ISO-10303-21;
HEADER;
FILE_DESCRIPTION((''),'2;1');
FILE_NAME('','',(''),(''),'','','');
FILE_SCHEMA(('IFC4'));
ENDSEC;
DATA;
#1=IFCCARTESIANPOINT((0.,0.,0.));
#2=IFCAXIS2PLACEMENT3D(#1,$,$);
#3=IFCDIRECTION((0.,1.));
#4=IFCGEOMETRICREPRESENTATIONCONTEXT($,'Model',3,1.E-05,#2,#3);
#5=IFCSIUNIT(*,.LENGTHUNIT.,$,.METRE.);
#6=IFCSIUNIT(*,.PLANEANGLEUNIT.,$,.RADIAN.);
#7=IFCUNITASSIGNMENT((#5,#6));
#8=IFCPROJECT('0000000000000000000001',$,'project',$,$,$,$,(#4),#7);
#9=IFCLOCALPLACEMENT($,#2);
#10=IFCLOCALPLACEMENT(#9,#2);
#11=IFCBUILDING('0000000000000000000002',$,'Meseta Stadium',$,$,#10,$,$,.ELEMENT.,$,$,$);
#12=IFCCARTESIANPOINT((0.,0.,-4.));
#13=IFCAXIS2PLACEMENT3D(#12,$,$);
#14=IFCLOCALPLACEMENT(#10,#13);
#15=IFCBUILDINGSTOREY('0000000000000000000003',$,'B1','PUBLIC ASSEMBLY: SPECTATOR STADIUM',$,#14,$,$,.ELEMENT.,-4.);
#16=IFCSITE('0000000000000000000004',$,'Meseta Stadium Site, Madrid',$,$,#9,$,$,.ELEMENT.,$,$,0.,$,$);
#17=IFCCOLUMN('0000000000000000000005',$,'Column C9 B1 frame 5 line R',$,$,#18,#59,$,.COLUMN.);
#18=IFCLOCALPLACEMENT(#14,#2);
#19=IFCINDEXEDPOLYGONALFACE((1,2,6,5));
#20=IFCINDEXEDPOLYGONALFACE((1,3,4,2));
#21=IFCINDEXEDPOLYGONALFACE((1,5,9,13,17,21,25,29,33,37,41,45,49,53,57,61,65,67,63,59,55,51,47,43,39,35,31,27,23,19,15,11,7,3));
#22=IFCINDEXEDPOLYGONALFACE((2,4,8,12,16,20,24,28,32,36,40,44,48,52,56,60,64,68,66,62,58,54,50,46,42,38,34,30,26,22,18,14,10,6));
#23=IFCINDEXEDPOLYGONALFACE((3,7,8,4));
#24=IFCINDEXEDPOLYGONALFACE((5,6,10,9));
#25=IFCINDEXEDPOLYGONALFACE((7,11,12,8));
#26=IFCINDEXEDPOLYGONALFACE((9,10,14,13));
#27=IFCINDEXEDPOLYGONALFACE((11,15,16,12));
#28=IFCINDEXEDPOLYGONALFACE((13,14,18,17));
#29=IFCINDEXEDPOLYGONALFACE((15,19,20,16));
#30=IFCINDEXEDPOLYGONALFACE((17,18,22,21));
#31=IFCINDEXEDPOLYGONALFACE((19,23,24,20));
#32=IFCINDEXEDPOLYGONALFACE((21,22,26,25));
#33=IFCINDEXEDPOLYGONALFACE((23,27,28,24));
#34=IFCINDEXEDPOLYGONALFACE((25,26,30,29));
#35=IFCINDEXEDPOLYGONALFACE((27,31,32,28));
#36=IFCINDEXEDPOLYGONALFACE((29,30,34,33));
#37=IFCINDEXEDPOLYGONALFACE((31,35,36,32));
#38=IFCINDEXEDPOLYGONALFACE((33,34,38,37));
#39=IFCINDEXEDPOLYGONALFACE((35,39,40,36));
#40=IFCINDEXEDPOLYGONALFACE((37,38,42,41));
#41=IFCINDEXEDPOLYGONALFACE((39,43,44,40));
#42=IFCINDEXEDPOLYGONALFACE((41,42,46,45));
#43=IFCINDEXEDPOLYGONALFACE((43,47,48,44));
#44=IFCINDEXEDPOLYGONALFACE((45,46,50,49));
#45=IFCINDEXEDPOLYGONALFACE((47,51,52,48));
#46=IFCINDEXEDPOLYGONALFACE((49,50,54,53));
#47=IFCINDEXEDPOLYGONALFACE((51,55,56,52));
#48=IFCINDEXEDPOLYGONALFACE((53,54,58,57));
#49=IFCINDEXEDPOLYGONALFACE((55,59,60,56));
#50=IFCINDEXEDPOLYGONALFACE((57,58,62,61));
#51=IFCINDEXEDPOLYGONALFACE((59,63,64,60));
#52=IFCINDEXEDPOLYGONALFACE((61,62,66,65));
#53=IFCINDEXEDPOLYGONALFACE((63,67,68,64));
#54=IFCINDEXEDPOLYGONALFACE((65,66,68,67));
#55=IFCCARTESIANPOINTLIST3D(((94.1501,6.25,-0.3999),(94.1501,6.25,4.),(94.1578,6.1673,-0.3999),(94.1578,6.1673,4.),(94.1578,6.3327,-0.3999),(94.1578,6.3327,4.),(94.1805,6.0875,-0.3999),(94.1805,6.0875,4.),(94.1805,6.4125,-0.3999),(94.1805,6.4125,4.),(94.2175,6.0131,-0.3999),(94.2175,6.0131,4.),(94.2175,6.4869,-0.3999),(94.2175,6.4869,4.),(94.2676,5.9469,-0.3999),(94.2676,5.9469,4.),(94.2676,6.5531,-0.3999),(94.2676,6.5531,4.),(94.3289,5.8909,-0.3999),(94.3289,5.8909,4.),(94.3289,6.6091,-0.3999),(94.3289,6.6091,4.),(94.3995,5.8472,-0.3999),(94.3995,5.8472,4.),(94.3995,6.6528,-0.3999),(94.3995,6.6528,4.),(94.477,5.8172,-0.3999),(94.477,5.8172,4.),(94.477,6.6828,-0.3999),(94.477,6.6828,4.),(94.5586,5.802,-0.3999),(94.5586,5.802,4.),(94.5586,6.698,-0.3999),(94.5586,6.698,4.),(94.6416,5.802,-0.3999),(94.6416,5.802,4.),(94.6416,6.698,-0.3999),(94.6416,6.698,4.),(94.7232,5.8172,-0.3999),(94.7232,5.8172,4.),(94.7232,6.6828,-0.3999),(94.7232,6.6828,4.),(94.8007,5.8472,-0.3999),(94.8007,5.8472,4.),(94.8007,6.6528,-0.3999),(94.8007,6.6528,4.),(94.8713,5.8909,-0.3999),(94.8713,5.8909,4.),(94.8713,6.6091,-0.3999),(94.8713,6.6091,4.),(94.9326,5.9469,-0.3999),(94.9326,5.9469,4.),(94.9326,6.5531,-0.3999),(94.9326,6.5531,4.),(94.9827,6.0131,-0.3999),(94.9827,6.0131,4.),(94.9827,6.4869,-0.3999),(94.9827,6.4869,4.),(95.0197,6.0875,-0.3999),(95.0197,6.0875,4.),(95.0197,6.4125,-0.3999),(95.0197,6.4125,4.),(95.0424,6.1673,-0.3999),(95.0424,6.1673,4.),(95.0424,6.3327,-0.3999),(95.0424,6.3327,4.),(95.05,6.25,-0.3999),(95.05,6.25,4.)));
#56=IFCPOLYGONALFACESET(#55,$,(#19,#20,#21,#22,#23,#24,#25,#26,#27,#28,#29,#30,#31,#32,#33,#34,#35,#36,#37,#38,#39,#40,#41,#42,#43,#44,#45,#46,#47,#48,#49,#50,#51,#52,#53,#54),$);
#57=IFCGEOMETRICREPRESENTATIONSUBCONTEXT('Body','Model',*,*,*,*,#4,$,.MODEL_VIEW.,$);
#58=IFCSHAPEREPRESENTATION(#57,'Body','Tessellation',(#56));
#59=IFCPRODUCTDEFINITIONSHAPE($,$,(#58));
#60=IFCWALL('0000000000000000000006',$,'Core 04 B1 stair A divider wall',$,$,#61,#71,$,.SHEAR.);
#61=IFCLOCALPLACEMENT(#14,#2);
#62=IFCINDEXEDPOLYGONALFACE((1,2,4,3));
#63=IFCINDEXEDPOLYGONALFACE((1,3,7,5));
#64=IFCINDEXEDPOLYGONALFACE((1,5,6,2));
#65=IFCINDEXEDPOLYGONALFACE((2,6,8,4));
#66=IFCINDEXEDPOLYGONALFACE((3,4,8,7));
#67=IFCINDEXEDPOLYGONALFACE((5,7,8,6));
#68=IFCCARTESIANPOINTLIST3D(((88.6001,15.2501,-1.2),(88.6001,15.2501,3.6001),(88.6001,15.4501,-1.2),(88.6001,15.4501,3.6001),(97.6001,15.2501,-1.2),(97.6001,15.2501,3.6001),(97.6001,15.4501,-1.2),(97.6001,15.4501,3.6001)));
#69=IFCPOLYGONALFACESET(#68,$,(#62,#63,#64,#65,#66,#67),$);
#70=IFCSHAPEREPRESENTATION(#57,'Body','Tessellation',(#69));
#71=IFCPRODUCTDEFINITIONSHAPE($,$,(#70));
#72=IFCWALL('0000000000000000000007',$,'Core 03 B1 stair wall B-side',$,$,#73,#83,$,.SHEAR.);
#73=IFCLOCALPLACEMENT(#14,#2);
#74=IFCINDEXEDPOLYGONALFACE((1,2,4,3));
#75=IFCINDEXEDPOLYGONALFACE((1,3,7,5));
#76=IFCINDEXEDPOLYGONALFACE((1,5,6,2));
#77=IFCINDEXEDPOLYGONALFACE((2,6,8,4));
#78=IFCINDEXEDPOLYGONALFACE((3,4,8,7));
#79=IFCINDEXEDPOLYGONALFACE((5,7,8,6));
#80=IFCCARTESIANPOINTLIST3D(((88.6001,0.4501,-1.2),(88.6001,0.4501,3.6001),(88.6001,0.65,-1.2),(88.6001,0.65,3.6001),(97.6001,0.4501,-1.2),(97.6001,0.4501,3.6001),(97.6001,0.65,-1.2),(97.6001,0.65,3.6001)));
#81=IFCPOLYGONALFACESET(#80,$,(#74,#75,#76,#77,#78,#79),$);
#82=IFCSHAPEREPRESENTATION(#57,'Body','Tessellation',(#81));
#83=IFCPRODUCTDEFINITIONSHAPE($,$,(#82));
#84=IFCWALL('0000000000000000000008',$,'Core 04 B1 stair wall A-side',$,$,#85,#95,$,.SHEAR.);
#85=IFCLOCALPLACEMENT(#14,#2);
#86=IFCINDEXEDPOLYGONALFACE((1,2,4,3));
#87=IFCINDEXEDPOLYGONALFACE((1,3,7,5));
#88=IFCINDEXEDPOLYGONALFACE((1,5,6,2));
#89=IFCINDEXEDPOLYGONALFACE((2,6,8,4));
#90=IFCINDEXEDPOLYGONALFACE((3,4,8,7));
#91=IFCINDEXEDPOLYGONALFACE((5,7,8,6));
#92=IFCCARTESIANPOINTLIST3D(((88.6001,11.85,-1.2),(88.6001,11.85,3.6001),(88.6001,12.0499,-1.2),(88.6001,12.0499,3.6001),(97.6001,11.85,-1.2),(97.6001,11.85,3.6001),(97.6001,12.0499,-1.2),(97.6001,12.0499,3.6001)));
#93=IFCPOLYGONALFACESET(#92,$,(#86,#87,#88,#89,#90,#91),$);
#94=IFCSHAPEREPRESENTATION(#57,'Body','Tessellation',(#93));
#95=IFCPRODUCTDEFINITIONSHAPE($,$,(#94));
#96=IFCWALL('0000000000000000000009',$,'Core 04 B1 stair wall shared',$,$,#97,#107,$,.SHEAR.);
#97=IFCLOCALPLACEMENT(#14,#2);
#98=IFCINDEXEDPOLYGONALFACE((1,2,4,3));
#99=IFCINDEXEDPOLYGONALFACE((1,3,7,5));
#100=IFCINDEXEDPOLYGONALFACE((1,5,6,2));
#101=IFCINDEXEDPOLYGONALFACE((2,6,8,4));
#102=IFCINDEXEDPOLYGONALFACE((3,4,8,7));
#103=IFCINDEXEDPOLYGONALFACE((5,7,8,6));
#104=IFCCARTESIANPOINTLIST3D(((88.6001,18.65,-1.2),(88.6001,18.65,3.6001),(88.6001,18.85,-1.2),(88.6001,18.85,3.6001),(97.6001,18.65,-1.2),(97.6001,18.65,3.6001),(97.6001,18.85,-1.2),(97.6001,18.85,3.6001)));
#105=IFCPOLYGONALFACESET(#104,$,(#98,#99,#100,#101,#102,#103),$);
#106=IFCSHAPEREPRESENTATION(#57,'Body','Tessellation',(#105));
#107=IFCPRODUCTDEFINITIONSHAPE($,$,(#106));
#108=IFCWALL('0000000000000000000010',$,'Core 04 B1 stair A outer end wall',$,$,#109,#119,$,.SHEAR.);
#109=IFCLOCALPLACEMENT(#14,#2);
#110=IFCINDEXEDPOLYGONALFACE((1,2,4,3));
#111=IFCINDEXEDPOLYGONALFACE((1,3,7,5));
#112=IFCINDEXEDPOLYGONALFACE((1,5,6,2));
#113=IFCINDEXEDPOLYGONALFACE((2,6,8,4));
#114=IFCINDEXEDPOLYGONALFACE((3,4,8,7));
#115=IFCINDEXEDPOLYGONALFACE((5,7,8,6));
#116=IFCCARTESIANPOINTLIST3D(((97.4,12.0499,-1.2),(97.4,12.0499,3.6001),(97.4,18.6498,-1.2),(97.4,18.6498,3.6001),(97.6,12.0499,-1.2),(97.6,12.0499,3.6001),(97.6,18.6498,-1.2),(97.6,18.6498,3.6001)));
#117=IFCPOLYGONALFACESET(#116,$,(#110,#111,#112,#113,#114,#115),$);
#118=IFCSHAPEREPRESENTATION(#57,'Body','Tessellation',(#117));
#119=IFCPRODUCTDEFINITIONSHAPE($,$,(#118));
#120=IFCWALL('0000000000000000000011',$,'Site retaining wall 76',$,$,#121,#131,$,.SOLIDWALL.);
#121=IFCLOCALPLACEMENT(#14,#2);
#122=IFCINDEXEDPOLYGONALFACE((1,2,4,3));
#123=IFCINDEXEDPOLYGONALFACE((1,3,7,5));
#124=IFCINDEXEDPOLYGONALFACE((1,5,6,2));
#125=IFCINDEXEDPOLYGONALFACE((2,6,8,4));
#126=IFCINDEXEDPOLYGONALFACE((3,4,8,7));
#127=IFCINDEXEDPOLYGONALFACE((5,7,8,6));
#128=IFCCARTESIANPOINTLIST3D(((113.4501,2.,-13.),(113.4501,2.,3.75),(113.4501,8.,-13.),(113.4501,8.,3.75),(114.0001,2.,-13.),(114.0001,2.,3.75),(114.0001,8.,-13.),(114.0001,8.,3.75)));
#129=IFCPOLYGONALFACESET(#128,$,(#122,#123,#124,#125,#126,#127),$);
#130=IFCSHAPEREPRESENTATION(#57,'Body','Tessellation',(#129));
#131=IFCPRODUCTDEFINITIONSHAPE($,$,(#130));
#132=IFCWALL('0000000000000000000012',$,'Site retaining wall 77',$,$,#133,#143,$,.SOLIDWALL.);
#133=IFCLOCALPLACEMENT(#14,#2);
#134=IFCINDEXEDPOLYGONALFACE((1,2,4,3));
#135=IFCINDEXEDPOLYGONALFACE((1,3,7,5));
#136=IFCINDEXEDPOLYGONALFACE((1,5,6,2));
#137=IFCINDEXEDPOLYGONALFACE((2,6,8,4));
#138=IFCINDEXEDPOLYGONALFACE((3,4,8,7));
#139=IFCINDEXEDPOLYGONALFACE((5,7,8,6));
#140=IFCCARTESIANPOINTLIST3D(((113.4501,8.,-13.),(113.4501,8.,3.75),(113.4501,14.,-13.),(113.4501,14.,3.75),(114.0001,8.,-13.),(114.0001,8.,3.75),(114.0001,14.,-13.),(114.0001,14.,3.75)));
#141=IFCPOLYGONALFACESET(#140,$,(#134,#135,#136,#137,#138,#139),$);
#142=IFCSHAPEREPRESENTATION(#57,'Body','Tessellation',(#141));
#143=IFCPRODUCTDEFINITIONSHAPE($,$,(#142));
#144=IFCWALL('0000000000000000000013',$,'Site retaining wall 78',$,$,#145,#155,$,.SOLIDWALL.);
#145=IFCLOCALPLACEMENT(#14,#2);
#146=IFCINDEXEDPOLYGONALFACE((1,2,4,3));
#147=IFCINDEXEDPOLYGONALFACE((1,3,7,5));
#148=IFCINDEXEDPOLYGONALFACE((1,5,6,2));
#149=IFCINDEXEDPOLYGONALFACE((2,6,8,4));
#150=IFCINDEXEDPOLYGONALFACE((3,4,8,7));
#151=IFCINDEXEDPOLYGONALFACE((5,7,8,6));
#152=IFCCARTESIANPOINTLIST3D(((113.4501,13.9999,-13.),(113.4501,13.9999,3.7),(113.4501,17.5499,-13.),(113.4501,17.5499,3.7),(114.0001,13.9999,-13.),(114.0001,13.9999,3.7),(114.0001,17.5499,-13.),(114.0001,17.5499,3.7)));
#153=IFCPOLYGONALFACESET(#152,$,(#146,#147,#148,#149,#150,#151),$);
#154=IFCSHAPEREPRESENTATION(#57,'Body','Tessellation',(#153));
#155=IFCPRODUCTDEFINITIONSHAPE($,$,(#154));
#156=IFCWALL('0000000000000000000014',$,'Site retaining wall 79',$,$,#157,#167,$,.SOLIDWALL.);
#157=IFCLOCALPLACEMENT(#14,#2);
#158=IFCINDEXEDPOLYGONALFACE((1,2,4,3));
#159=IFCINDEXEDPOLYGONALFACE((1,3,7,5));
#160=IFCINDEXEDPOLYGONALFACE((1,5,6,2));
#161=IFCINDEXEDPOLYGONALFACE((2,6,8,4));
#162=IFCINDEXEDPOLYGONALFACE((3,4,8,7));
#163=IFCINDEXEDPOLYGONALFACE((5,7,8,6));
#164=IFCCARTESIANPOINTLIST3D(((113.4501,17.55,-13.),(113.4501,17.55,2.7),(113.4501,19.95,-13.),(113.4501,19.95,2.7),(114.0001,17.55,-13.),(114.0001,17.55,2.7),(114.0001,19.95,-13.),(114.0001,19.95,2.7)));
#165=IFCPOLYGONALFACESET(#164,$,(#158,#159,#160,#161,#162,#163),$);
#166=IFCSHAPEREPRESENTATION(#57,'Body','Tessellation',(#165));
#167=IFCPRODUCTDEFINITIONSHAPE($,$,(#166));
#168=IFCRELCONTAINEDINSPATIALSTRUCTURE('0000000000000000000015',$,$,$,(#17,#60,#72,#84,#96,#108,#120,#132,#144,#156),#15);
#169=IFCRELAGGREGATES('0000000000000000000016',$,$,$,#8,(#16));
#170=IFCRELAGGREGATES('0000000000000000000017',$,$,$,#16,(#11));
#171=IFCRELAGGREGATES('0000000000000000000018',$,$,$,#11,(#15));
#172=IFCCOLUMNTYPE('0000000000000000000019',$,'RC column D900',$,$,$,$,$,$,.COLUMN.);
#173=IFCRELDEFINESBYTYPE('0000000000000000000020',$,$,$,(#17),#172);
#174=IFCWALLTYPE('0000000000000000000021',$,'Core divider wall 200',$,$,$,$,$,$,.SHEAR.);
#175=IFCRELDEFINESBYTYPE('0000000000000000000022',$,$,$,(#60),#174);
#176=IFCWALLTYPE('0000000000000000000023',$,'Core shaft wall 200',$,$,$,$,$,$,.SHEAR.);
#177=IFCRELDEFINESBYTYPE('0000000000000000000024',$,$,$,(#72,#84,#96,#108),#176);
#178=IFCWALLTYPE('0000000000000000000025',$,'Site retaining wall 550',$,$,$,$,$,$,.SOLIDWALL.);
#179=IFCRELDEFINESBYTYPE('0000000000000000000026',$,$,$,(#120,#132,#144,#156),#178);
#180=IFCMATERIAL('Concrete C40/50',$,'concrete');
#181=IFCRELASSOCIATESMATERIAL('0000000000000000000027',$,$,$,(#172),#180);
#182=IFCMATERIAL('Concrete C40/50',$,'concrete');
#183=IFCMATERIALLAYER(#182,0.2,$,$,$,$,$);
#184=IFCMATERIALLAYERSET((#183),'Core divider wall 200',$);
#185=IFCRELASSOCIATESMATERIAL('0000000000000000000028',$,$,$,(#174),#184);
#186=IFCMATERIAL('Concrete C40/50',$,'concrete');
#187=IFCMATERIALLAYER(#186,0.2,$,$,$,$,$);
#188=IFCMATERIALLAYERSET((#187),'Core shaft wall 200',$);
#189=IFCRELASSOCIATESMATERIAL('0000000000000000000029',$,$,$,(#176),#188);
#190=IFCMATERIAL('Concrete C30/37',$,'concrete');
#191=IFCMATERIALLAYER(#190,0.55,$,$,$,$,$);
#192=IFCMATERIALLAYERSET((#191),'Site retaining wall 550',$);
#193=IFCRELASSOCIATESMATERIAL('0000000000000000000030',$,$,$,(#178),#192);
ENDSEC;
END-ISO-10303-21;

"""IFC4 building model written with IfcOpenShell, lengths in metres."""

from ifc_helpers import new_model, si_unit, direction, frame, frame_2d, origin, origin_2d, place, context, subcontext, project, spatial, rectangle, circle, extrude, material, layer, layer_set, material_profile, profile_set, type_object, element, save


model = new_model("IFC4")

# Units and contexts
model_context = context("Model", 3, precision=1e-05, world=origin(), true_north=direction((0.0, 1.0)))
body_context = subcontext(model_context, "Body", "Model", "MODEL_VIEW")
ifc_project = project(units=[si_unit("LENGTHUNIT", "METRE"), si_unit("PLANEANGLEUNIT", "RADIAN")], contexts=[model_context])

# Site, building, storey
site_placement = place(None, origin())
site = spatial("IfcSite", under=ifc_project, at=site_placement, Name="Meseta Stadium Site, Madrid", CompositionType="ELEMENT", RefElevation=0.0)
building_placement = place(site_placement, origin())
building = spatial("IfcBuilding", under=site, at=building_placement, Name="Meseta Stadium", CompositionType="ELEMENT")
storey_placement = place(building_placement, frame((0.0, 0.0, -4.0)))
storey = spatial("IfcBuildingStorey", under=building, at=storey_placement, Name="B1", Description="PUBLIC ASSEMBLY: SPECTATOR STADIUM", CompositionType="ELEMENT", Elevation=-4.0)

# Column
ifc_material_1 = material(Name="Concrete C40/50", Category="concrete")
ifc_material_profile = material_profile(ifc_material_1, circle(Radius=0.45, at=origin_2d()), Name="RC D900")
ifc_profile_set = profile_set([ifc_material_profile], Name="Concrete C40/50")
column_type = type_object("IfcColumnType", Name="RC column D900", PredefinedType="COLUMN", material=ifc_profile_set)
column_placement = place(storey_placement, frame((94.6001, 6.25, -0.3999), z_axis=(0.0, 0.0, 1.0), x_axis=(1.0, 0.0, 0.0)))
element("IfcColumn", 1, at=column_placement, inside=storey, type_object=column_type, Name="Column C9 B1 frame 5 line R", PredefinedType="COLUMN", context=body_context, shape_type="SweptSolid", body=[
    extrude(circle(Radius=0.45, at=origin_2d()), origin(), (0.0, 0.0, 1.0), 4.3999),
])

# Walls
ifc_material_2 = material(Name="Concrete C40/50", Category="concrete")
ifc_layer_1 = layer(ifc_material_2, 0.2)
ifc_layer_set_1 = layer_set([ifc_layer_1], Name="Core divider wall 200")
wall_type_1 = type_object("IfcWallType", Name="Core divider wall 200", PredefinedType="SHEAR", material=ifc_layer_set_1)
wall_1_placement = place(storey_placement, frame((97.6001, 15.3501, -1.2), z_axis=(0.0, 0.0, 1.0), x_axis=(-1.0, 0.0, 0.0)))
element("IfcWall", 2, at=wall_1_placement, inside=storey, type_object=wall_type_1, Name="Core 04 B1 stair A divider wall", PredefinedType="SHEAR", context=body_context, shape_type="SweptSolid", body=[
    extrude(rectangle(XDim=9.0, YDim=0.2, at=frame_2d((4.5, 0.0))), origin(), (0.0, 0.0, 1.0), 4.8),
])
ifc_material_3 = material(Name="Concrete C40/50", Category="concrete")
ifc_layer_2 = layer(ifc_material_3, 0.2)
ifc_layer_set_2 = layer_set([ifc_layer_2], Name="Core shaft wall 200")
wall_type_2 = type_object("IfcWallType", Name="Core shaft wall 200", PredefinedType="SHEAR", material=ifc_layer_set_2)
for number, where, z_axis, x_axis, name in (
    (3, (97.6001, 0.55, -1.2), (0.0, 0.0, 1.0), (-1.0, 0.0, 0.0), "Core 03 B1 stair wall B-side"),
    (4, (97.6001, 11.95, -1.2), (0.0, 0.0, 1.0), (-1.0, 0.0, 0.0), "Core 04 B1 stair wall A-side"),
    (5, (97.6001, 18.75, -1.2), (0.0, 0.0, 1.0), (-1.0, 0.0, 0.0), "Core 04 B1 stair wall shared"),
):
    element("IfcWall", number, at=place(storey_placement, frame(where, z_axis=z_axis, x_axis=x_axis)), inside=storey, type_object=wall_type_2, Name=name, PredefinedType="SHEAR", context=body_context, shape_type="SweptSolid", body=[
        extrude(rectangle(XDim=9.0, YDim=0.2, at=frame_2d((4.5, 0.0))), origin(), (0.0, 0.0, 1.0), 4.8),
    ])
wall_2_placement = place(storey_placement, frame((97.5, 12.05, -1.2), z_axis=(0.0, 0.0, 1.0), x_axis=(0.0, 1.0, 0.0)))
element("IfcWall", 6, at=wall_2_placement, inside=storey, type_object=wall_type_2, Name="Core 04 B1 stair A outer end wall", PredefinedType="SHEAR", context=body_context, shape_type="SweptSolid", body=[
    extrude(rectangle(XDim=6.5999, YDim=0.2, at=frame_2d((3.2998, 0.0))), origin(), (0.0, 0.0, 1.0), 4.8),
])
ifc_material_4 = material(Name="Concrete C30/37", Category="concrete")
ifc_layer_3 = layer(ifc_material_4, 0.55)
ifc_layer_set_3 = layer_set([ifc_layer_3], Name="Site retaining wall 550")
wall_type_3 = type_object("IfcWallType", Name="Site retaining wall 550", PredefinedType="SOLIDWALL", material=ifc_layer_set_3)
for number, where, z_axis, x_axis, name in (
    (7, (113.7251, 2.0, -13.0), (0.0, 0.0, 1.0), (0.0, 1.0, 0.0), "Site retaining wall 76"),
    (8, (113.7251, 8.0, -13.0), (0.0, 0.0, 1.0), (0.0, 1.0, 0.0), "Site retaining wall 77"),
):
    element("IfcWall", number, at=place(storey_placement, frame(where, z_axis=z_axis, x_axis=x_axis)), inside=storey, type_object=wall_type_3, Name=name, PredefinedType="SOLIDWALL", context=body_context, shape_type="SweptSolid", body=[
        extrude(rectangle(XDim=6.0, YDim=0.55, at=frame_2d((3.0, 0.0))), origin(), (0.0, 0.0, 1.0), 16.75),
    ])
wall_3_placement = place(storey_placement, frame((113.7251, 14.0, -13.0), z_axis=(0.0, 0.0, 1.0), x_axis=(0.0, 1.0, 0.0)))
element("IfcWall", 9, at=wall_3_placement, inside=storey, type_object=wall_type_3, Name="Site retaining wall 78", PredefinedType="SOLIDWALL", context=body_context, shape_type="SweptSolid", body=[
    extrude(rectangle(XDim=3.55, YDim=0.55, at=frame_2d((1.7749, 0.0))), origin(), (0.0, 0.0, 1.0), 16.7),
])
wall_4_placement = place(storey_placement, frame((113.7251, 17.55, -13.0), z_axis=(0.0, 0.0, 1.0), x_axis=(0.0, 1.0, 0.0)))
element("IfcWall", 10, at=wall_4_placement, inside=storey, type_object=wall_type_3, Name="Site retaining wall 79", PredefinedType="SOLIDWALL", context=body_context, shape_type="SweptSolid", body=[
    extrude(rectangle(XDim=2.3999, YDim=0.55, at=frame_2d((1.2, 0.0))), origin(), (0.0, 0.0, 1.0), 15.7),
])

save(model, "model.ifc")
